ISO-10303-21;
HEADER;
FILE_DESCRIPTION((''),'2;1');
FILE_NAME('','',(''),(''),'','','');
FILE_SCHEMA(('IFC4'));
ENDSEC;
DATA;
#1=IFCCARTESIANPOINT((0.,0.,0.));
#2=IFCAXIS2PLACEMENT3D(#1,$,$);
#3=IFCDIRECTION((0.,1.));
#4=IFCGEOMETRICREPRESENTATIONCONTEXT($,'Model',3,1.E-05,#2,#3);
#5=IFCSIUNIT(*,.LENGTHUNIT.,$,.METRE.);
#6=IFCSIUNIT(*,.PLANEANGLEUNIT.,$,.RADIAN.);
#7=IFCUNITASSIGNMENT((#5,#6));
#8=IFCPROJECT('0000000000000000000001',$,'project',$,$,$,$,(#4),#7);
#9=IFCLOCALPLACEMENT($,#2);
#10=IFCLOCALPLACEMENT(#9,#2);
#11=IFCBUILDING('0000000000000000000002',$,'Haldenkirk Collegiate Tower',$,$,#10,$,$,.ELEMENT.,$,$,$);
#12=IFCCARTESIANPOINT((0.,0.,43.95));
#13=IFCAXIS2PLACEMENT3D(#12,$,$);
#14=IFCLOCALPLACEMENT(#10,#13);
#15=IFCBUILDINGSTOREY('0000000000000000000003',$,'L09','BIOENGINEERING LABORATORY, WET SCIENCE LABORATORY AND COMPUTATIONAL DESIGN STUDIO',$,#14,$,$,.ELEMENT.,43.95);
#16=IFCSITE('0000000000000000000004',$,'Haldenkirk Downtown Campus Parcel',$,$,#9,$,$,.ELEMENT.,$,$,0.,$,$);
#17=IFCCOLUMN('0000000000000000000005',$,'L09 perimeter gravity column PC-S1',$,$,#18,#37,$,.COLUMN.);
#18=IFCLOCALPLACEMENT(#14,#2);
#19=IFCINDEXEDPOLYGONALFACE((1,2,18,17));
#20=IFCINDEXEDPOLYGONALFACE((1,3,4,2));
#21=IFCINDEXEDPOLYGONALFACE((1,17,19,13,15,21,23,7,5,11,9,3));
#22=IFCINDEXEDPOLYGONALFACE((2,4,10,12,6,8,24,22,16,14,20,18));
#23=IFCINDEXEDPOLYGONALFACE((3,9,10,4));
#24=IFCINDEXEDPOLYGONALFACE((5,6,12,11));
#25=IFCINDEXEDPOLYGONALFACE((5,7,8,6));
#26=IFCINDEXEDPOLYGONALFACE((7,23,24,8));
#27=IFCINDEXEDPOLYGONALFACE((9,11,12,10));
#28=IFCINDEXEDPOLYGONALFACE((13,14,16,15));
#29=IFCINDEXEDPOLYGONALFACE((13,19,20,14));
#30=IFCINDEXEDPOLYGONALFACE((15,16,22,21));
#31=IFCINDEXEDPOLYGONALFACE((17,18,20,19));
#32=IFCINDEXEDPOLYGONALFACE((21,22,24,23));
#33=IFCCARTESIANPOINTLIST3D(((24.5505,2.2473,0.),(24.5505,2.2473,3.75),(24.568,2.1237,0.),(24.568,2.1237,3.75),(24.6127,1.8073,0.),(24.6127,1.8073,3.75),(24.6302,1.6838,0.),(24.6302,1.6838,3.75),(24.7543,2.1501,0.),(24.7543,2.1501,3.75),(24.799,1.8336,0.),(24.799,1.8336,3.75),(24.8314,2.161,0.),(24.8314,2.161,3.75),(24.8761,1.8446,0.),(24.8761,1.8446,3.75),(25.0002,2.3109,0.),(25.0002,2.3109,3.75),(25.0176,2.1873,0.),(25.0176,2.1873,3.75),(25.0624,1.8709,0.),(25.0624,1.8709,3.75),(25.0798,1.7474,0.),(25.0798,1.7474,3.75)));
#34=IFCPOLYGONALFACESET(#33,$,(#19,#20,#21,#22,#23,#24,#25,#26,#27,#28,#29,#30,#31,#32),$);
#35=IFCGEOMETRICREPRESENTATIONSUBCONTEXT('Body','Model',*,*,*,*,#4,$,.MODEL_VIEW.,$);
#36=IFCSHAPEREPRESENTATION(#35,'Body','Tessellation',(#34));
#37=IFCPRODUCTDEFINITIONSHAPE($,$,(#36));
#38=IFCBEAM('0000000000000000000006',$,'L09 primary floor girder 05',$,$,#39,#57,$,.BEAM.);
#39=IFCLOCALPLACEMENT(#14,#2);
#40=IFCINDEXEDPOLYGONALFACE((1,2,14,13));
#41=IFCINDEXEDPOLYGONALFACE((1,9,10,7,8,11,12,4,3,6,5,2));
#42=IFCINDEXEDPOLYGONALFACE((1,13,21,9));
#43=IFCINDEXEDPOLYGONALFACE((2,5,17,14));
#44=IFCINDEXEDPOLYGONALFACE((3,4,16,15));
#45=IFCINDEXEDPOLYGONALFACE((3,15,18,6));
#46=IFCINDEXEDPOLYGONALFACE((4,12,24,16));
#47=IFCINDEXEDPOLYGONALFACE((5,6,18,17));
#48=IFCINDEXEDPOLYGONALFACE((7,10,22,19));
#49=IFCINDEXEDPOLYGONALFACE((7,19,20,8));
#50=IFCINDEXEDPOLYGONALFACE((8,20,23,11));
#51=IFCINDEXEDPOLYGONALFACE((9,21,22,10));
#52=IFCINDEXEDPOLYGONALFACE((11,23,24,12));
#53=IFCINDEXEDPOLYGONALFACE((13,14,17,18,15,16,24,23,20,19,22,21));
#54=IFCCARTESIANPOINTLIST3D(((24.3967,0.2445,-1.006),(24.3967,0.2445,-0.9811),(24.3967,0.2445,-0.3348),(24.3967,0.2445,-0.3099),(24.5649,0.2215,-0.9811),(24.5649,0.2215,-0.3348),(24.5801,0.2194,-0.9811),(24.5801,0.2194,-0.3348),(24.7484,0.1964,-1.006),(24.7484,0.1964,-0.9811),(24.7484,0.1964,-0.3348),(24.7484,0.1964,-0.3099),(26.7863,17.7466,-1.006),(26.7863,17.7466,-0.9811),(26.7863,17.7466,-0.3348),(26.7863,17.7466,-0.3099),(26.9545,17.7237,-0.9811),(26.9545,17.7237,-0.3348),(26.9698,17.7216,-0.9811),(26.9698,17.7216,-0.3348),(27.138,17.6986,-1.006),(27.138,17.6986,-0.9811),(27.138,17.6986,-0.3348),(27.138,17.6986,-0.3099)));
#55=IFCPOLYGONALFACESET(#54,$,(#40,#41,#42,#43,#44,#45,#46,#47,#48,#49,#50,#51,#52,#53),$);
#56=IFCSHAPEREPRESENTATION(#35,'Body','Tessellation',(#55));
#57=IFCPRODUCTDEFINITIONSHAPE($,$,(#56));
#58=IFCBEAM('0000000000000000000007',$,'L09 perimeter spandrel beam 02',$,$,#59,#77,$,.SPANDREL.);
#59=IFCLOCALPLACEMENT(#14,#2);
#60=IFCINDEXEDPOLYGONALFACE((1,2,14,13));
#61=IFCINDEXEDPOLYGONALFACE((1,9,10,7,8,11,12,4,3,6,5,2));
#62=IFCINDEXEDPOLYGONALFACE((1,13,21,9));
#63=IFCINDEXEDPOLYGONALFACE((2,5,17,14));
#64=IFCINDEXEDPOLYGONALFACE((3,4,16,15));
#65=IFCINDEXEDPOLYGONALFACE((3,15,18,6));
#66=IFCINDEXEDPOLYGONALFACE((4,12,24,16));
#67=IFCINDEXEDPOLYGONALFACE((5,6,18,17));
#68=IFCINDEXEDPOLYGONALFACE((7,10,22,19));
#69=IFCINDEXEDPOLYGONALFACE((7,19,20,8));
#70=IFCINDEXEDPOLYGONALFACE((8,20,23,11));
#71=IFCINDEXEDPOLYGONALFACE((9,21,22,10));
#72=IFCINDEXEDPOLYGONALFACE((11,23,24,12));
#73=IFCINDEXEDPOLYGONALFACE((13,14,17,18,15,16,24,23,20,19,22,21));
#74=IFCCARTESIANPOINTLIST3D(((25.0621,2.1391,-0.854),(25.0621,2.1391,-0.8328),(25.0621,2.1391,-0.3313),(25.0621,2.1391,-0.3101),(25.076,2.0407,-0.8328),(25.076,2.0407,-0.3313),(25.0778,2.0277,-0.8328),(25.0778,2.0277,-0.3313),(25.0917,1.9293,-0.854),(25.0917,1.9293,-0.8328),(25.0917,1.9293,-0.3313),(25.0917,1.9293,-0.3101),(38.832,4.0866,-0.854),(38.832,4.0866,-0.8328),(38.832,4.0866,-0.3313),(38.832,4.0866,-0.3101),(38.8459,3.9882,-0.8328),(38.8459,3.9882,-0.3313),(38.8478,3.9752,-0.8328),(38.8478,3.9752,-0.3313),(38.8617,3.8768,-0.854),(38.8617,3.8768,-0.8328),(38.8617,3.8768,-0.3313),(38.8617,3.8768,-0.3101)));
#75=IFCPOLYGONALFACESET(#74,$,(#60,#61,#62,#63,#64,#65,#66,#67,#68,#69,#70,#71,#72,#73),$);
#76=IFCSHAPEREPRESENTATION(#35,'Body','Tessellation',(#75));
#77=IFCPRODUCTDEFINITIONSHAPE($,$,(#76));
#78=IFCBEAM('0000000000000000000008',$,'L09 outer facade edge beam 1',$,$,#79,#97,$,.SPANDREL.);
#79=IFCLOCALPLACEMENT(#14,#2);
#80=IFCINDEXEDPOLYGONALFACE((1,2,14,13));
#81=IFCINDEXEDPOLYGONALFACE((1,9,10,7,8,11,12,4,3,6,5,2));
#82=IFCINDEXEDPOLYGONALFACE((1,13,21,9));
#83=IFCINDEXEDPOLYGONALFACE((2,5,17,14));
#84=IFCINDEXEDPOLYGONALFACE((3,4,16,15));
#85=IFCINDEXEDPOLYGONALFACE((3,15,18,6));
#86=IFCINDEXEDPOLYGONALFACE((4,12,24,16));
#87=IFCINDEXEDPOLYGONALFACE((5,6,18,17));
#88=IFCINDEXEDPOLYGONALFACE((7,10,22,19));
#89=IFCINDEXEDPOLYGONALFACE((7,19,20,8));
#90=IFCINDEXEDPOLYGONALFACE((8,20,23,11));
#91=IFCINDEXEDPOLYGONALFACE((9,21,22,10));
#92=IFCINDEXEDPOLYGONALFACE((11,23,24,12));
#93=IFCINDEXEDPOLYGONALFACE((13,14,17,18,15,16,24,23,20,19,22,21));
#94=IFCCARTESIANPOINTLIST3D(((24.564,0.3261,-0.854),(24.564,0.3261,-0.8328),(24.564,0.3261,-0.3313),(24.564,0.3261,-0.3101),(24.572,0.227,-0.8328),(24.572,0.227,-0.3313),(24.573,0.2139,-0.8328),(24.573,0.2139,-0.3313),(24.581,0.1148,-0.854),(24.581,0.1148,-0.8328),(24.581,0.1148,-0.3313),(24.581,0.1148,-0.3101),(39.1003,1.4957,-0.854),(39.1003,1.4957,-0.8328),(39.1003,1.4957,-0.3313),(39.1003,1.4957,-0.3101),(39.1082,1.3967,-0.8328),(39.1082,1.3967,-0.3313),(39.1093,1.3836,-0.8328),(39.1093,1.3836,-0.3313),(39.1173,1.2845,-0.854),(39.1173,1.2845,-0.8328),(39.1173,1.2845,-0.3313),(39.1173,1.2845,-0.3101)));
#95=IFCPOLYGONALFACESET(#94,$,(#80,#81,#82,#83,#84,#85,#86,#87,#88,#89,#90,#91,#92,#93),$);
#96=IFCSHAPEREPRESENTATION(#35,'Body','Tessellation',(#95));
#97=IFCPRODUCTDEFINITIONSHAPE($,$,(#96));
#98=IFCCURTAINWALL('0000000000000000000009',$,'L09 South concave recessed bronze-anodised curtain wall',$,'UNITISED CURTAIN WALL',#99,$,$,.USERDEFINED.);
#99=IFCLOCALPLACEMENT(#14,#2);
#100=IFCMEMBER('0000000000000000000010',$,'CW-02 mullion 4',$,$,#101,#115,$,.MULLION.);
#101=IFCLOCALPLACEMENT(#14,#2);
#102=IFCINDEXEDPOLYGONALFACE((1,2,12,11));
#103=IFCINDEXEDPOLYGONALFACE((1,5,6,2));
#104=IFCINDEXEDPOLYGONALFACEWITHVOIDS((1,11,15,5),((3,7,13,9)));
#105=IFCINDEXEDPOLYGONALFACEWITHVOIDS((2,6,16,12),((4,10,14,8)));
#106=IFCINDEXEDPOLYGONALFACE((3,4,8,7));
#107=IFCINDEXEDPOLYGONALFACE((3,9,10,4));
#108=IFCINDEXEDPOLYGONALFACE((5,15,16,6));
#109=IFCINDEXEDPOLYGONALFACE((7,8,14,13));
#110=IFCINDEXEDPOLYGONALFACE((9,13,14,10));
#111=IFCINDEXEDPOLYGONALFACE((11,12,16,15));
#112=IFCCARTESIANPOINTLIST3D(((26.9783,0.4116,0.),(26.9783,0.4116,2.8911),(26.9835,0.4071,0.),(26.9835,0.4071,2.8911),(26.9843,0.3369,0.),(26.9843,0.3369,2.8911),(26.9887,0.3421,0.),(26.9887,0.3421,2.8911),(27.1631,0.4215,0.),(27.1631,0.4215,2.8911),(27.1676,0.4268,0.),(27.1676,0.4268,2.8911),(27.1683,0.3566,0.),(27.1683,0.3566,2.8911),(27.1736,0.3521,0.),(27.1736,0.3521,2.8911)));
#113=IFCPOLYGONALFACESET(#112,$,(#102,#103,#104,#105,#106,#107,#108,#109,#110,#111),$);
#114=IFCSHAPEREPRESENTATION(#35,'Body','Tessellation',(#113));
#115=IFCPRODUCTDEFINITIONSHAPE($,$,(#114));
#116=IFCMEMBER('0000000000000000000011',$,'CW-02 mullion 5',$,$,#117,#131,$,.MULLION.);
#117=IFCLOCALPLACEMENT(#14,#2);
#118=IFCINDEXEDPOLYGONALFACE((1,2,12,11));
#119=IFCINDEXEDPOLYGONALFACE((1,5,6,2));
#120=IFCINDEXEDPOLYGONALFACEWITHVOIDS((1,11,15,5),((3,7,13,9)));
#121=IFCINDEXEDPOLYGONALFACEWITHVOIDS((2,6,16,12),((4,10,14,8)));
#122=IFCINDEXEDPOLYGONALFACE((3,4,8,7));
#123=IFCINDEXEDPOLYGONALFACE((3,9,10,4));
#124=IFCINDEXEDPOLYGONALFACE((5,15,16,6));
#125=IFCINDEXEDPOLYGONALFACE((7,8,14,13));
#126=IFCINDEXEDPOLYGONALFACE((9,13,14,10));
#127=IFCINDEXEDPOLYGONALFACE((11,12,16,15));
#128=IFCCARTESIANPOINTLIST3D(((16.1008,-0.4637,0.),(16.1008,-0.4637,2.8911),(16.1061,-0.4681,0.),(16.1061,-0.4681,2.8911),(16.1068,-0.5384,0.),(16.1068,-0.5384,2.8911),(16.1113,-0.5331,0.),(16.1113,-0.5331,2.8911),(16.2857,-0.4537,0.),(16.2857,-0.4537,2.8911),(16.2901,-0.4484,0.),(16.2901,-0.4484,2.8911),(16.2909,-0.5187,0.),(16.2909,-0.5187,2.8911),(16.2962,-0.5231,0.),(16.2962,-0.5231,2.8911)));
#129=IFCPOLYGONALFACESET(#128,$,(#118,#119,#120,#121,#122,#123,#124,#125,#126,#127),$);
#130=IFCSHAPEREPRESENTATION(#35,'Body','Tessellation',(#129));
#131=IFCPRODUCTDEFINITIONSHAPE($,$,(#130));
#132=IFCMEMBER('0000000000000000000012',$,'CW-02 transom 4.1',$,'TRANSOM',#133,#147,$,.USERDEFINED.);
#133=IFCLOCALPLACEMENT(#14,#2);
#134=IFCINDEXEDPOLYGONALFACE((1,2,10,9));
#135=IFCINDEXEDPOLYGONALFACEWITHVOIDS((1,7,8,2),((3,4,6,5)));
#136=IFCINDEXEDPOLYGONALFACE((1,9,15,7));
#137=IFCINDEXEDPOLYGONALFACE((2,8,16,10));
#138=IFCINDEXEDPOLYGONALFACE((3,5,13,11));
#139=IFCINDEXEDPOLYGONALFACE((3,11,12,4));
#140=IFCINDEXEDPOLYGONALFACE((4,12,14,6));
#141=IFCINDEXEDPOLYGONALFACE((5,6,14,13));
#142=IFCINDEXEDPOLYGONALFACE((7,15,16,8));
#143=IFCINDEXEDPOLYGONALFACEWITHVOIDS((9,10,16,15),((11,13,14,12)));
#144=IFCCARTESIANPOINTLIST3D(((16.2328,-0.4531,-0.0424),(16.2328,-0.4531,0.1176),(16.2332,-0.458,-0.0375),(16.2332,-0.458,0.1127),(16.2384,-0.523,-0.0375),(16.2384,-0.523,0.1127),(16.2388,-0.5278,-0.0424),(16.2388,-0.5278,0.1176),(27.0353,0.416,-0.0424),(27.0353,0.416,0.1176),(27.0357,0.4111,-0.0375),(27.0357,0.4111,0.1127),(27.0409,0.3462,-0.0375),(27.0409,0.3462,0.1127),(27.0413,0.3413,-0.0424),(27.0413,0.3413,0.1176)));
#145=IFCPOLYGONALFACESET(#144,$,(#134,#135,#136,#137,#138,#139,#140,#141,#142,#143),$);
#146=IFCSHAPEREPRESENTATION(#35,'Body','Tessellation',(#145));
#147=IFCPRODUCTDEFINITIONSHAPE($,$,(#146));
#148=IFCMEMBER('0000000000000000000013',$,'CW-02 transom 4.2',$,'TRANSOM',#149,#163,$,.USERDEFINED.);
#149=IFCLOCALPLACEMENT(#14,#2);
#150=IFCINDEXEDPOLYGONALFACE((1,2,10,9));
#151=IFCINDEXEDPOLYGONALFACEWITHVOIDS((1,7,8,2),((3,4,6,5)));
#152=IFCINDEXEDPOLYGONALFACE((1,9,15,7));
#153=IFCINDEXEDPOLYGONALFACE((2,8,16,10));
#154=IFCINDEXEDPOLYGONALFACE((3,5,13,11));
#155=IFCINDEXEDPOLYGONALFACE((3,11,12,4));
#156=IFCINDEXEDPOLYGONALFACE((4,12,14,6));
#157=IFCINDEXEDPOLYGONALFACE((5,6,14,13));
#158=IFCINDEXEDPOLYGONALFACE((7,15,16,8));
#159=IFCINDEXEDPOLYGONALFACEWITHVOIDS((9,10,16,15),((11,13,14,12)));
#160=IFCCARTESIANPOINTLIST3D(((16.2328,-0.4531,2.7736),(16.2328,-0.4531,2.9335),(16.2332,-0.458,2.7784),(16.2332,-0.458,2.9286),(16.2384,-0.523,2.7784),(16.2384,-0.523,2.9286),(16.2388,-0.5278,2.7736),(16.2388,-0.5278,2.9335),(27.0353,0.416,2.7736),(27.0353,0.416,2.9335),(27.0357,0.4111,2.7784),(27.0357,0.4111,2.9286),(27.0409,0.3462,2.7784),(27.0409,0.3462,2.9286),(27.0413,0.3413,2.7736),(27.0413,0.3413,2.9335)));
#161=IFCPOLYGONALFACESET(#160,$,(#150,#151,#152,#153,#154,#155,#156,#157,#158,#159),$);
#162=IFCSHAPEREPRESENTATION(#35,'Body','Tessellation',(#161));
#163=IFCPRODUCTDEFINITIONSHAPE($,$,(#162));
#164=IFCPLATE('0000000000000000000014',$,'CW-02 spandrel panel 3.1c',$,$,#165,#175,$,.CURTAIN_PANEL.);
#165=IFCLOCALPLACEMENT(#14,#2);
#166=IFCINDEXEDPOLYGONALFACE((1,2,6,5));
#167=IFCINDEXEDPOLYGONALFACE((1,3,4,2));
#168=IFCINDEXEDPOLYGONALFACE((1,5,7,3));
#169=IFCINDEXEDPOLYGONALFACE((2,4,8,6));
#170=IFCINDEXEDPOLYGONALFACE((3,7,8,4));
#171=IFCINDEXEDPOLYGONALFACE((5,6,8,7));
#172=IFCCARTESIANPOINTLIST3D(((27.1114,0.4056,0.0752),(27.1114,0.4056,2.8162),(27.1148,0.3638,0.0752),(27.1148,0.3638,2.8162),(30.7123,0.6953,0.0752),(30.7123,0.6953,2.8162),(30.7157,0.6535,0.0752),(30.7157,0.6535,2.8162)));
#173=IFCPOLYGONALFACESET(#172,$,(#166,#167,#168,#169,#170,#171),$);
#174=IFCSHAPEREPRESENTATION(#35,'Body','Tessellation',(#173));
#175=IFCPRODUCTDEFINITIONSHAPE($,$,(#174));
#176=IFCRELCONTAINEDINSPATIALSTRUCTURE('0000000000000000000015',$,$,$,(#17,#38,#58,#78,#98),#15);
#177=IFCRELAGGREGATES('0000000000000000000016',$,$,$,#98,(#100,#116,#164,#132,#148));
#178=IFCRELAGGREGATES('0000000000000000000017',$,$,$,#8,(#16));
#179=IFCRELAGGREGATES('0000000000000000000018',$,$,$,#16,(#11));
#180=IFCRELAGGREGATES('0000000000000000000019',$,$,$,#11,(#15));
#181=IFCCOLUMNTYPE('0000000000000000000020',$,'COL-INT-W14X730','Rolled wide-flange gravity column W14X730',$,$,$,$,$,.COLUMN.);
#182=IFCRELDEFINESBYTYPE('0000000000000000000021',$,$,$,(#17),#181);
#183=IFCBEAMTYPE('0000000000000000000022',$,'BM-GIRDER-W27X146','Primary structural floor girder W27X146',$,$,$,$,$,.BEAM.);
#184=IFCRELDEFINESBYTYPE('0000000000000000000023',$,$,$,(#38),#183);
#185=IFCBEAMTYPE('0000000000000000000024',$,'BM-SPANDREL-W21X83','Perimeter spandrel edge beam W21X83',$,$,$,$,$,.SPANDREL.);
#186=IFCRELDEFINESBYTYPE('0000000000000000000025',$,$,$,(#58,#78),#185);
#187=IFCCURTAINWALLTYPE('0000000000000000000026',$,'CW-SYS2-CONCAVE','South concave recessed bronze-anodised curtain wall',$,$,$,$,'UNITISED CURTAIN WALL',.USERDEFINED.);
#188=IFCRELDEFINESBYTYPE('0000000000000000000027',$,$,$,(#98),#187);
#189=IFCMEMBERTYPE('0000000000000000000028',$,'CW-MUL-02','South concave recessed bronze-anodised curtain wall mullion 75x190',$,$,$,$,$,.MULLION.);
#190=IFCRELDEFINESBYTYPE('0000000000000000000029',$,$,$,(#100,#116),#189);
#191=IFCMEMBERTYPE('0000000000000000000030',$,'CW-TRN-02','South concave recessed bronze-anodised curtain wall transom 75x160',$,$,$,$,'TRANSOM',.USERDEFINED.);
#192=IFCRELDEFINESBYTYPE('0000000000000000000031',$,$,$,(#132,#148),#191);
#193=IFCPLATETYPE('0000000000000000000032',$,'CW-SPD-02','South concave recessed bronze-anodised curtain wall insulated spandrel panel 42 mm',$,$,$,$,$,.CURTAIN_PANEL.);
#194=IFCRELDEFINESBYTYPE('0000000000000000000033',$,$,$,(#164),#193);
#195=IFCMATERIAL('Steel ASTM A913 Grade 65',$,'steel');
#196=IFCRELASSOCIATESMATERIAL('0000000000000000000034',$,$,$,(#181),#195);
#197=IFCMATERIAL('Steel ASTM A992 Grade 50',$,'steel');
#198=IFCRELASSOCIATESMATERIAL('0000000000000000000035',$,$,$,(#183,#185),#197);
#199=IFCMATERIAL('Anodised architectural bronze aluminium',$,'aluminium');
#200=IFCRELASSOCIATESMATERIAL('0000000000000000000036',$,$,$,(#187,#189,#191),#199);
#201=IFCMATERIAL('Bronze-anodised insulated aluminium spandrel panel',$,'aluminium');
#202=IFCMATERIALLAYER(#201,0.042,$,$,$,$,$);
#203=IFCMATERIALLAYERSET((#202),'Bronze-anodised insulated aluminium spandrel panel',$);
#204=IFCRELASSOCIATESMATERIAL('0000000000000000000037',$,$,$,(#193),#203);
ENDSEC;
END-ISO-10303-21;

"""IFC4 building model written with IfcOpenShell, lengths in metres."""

from ifc_helpers import new_model, si_unit, direction, frame, origin, origin_2d, place, context, subcontext, project, spatial, rectangle, hollow_rectangle, i_section, extrude, source, transform, mapped, material, layer, layer_set, material_profile, profile_set, type_object, element, aggregate, save


model = new_model("IFC4")

# Units and contexts
model_context = context("Model", 3, precision=1e-05, world=origin(), true_north=direction((0.0, 1.0)))
body_context = subcontext(model_context, "Body", "Model", "MODEL_VIEW")
ifc_project = project(units=[si_unit("LENGTHUNIT", "METRE"), si_unit("PLANEANGLEUNIT", "RADIAN")], contexts=[model_context])

# Site, building, storey
site_placement = place(None, origin())
site = spatial("IfcSite", under=ifc_project, at=site_placement, Name="Haldenkirk Downtown Campus Parcel", CompositionType="ELEMENT", RefElevation=0.0)
building_placement = place(site_placement, origin())
building = spatial("IfcBuilding", under=site, at=building_placement, Name="Haldenkirk Collegiate Tower", CompositionType="ELEMENT")
storey_placement = place(building_placement, frame((0.0, 0.0, 43.95)))
storey = spatial("IfcBuildingStorey", under=building, at=storey_placement, Name="L09", Description="BIOENGINEERING LABORATORY, WET SCIENCE LABORATORY AND COMPUTATIONAL DESIGN STUDIO", CompositionType="ELEMENT", Elevation=43.95)

# Column
ifc_material_1 = material(Name="Steel ASTM A913 Grade 65", Category="steel")
ifc_material_profile_1 = material_profile(ifc_material_1, i_section(OverallWidth=0.4541, OverallDepth=0.5691, WebThickness=0.0779, FlangeThickness=0.1248, at=origin_2d()), Name="W14X730")
ifc_profile_set_1 = profile_set([ifc_material_profile_1], Name="Steel ASTM A913 Grade 65")
column_type = type_object("IfcColumnType", Name="COL-INT-W14X730", Description="Rolled wide-flange gravity column W14X730", PredefinedType="COLUMN", material=ifc_profile_set_1)
column_placement = place(storey_placement, frame((24.8152, 1.9973, 0.0), z_axis=(0.0, 0.0, 1.0), x_axis=(0.990146, 0.140037, 0.0)))
element("IfcColumn", 1, at=column_placement, inside=storey, type_object=column_type, Name="L09 perimeter gravity column PC-S1", PredefinedType="COLUMN", context=body_context, shape_type="SweptSolid", body=[
    extrude(i_section(OverallWidth=0.4541, OverallDepth=0.5691, WebThickness=0.0779, FlangeThickness=0.1248, at=origin_2d()), origin(), (0.0, 0.0, 1.0), 3.75),
])

# Beams
ifc_material_2 = material(Name="Steel ASTM A992 Grade 50", Category="steel")
ifc_material_profile_2 = material_profile(ifc_material_2, i_section(OverallWidth=0.355, OverallDepth=0.696, WebThickness=0.0154, FlangeThickness=0.0249, at=origin_2d()), Name="W27X146")
ifc_profile_set_2 = profile_set([ifc_material_profile_2], Name="Steel ASTM A992 Grade 50")
beam_type_1 = type_object("IfcBeamType", Name="BM-GIRDER-W27X146", Description="Primary structural floor girder W27X146", PredefinedType="BEAM", material=ifc_profile_set_2)
beam_1_placement = place(storey_placement, frame((24.5725, 0.2205, -0.658), z_axis=(0.135279, 0.990808, 0.0), x_axis=(-0.990808, 0.135279, 0.0)))
element("IfcBeam", 2, at=beam_1_placement, inside=storey, type_object=beam_type_1, Name="L09 primary floor girder 05", PredefinedType="BEAM", context=body_context, shape_type="SweptSolid", body=[
    extrude(i_section(OverallWidth=0.355, OverallDepth=0.696, WebThickness=0.0154, FlangeThickness=0.0249, at=origin_2d()), origin(), (0.0, 0.0, 1.0), 17.6646),
])
ifc_material_profile_3 = material_profile(ifc_material_2, i_section(OverallWidth=0.2119, OverallDepth=0.5439, WebThickness=0.0132, FlangeThickness=0.0212, at=origin_2d()), Name="W21X83")
ifc_profile_set_3 = profile_set([ifc_material_profile_3], Name="Steel ASTM A992 Grade 50")
beam_type_2 = type_object("IfcBeamType", Name="BM-SPANDREL-W21X83", Description="Perimeter spandrel edge beam W21X83", PredefinedType="SPANDREL", material=ifc_profile_set_3)
beam_2_placement = place(storey_placement, frame((25.0769, 2.0342, -0.582), z_axis=(0.990146, 0.140038, 0.0), x_axis=(-0.140038, 0.990146, 0.0)))
element("IfcBeam", 3, at=beam_2_placement, inside=storey, type_object=beam_type_2, Name="L09 perimeter spandrel beam 02", PredefinedType="SPANDREL", context=body_context, shape_type="SweptSolid", body=[
    extrude(i_section(OverallWidth=0.2119, OverallDepth=0.5439, WebThickness=0.0132, FlangeThickness=0.0212, at=origin_2d()), origin(), (0.0, 0.0, 1.0), 13.907),
])
beam_3_placement = place(storey_placement, frame((24.5725, 0.2205, -0.582), z_axis=(0.996778, 0.080206, 0.0), x_axis=(-0.080206, 0.996778, 0.0)))
element("IfcBeam", 4, at=beam_3_placement, inside=storey, type_object=beam_type_2, Name="L09 outer facade edge beam 1", PredefinedType="SPANDREL", context=body_context, shape_type="SweptSolid", body=[
    extrude(i_section(OverallWidth=0.2119, OverallDepth=0.5439, WebThickness=0.0132, FlangeThickness=0.0212, at=origin_2d()), origin(), (0.0, 0.0, 1.0), 14.5833),
])

# Curtain wall, members, plate
ifc_material_3 = material(Name="Anodised architectural bronze aluminium", Category="aluminium")
curtain_wall_type = type_object("IfcCurtainWallType", Name="CW-SYS2-CONCAVE", Description="South concave recessed bronze-anodised curtain wall", ElementType="UNITISED CURTAIN WALL", PredefinedType="USERDEFINED", material=ifc_material_3)
curtain_wall_placement = place(storey_placement, origin())
curtain_wall = element("IfcCurtainWall", 5, at=curtain_wall_placement, inside=storey, type_object=curtain_wall_type, Name="L09 South concave recessed bronze-anodised curtain wall", ObjectType="UNITISED CURTAIN WALL", PredefinedType="USERDEFINED")
ifc_material_profile_4 = material_profile(ifc_material_3, hollow_rectangle(XDim=0.075, YDim=0.1899, WallThickness=0.0049, at=origin_2d()), Name="CW-MUL-02")
ifc_profile_set_4 = profile_set([ifc_material_profile_4], Name="Anodised architectural bronze aluminium")
member_type_1 = type_object("IfcMemberType", Name="CW-MUL-02", Description="South concave recessed bronze-anodised curtain wall mullion 75x190", PredefinedType="MULLION", material=ifc_profile_set_4)
member_1_placement = place(storey_placement, frame((27.0759, 0.3818, 0.0), z_axis=(0.0, 0.0, 1.0), x_axis=(0.080199, -0.996779, 0.0)))
member_1 = element("IfcMember", 6, at=member_1_placement, type_object=member_type_1, Name="CW-02 mullion 4", PredefinedType="MULLION", context=body_context, shape_type="SweptSolid", body=[
    extrude(hollow_rectangle(XDim=0.075, YDim=0.1899, WallThickness=0.0049, at=origin_2d()), origin(), (0.0, 0.0, 1.0), 2.8911),
])
member_2_placement = place(storey_placement, frame((16.1985, -0.4934, 0.0), z_axis=(0.0, 0.0, 1.0), x_axis=(0.080199, -0.996779, 0.0)))
member_2 = element("IfcMember", 7, at=member_2_placement, type_object=member_type_1, Name="CW-02 mullion 5", PredefinedType="MULLION", context=body_context, shape_type="SweptSolid", body=[
    extrude(hollow_rectangle(XDim=0.075, YDim=0.1899, WallThickness=0.0049, at=origin_2d()), origin(), (0.0, 0.0, 1.0), 2.8911),
])
ifc_material_profile_5 = material_profile(ifc_material_3, hollow_rectangle(XDim=0.075, YDim=0.1599, WallThickness=0.0049, at=origin_2d()), Name="CW-TRN-02")
ifc_profile_set_5 = profile_set([ifc_material_profile_5], Name="Anodised architectural bronze aluminium")
member_type_2 = type_object("IfcMemberType", Name="CW-TRN-02", Description="South concave recessed bronze-anodised curtain wall transom 75x160", ElementType="TRANSOM", PredefinedType="USERDEFINED", material=ifc_profile_set_5)
member_3_placement = place(storey_placement, frame((27.0383, 0.3787, 0.0376), z_axis=(-0.996779, -0.080198, 0.0), x_axis=(0.080198, -0.996779, 0.0)))
member_3 = element("IfcMember", 8, at=member_3_placement, type_object=member_type_2, Name="CW-02 transom 4.1", ObjectType="TRANSOM", PredefinedType="USERDEFINED", context=body_context, shape_type="SweptSolid", body=[
    extrude(hollow_rectangle(XDim=0.075, YDim=0.1599, WallThickness=0.0049, at=origin_2d()), origin(), (0.0, 0.0, 1.0), 10.8374),
])
member_4_placement = place(storey_placement, frame((27.0383, 0.3787, 2.8535), z_axis=(-0.996779, -0.080198, 0.0), x_axis=(0.080198, -0.996779, 0.0)))
member_4 = element("IfcMember", 9, at=member_4_placement, type_object=member_type_2, Name="CW-02 transom 4.2", ObjectType="TRANSOM", PredefinedType="USERDEFINED", context=body_context, shape_type="SweptSolid", body=[
    extrude(hollow_rectangle(XDim=0.075, YDim=0.1599, WallThickness=0.0049, at=origin_2d()), origin(), (0.0, 0.0, 1.0), 10.8374),
])
ifc_material_4 = material(Name="Bronze-anodised insulated aluminium spandrel panel", Category="aluminium")
ifc_layer_1 = layer(ifc_material_4, 0.042)
ifc_layer_set_1 = layer_set([ifc_layer_1], Name="Bronze-anodised insulated aluminium spandrel panel")
plate_type_1 = type_object("IfcPlateType", Name="CW-SPD-02", Description="South concave recessed bronze-anodised curtain wall insulated spandrel panel 42 mm", PredefinedType="CURTAIN_PANEL", material=ifc_layer_set_1)
shared_shape_1 = source(origin(), body_context, "Body", "SweptSolid", [
    extrude(rectangle(XDim=3.6125, YDim=0.042, at=origin_2d()), origin(), (0.0, 0.0, 1.0), 2.741),
])
plate_1_placement = place(storey_placement, frame((28.9136, 0.5295, 0.0752), z_axis=(0.0, 0.0, 1.0), x_axis=(-0.996779, -0.080199, 0.0)))
plate_1 = element("IfcPlate", 10, at=plate_1_placement, type_object=plate_type_1, Name="CW-02 spandrel panel 3.1c", PredefinedType="CURTAIN_PANEL", context=body_context, shape_type="MappedRepresentation", body=[
    mapped(shared_shape_1, transform((0.0, 0.0, 0.0), x_axis=(1.0, 0.0, 0.0), y_axis=(0.0, 1.0, 0.0), z_axis=(0.0, 0.0, 1.0), scale=1.0)),
])
aggregate(curtain_wall, [member_1, member_2, plate_1, member_3, member_4])

save(model, "model.ifc")
